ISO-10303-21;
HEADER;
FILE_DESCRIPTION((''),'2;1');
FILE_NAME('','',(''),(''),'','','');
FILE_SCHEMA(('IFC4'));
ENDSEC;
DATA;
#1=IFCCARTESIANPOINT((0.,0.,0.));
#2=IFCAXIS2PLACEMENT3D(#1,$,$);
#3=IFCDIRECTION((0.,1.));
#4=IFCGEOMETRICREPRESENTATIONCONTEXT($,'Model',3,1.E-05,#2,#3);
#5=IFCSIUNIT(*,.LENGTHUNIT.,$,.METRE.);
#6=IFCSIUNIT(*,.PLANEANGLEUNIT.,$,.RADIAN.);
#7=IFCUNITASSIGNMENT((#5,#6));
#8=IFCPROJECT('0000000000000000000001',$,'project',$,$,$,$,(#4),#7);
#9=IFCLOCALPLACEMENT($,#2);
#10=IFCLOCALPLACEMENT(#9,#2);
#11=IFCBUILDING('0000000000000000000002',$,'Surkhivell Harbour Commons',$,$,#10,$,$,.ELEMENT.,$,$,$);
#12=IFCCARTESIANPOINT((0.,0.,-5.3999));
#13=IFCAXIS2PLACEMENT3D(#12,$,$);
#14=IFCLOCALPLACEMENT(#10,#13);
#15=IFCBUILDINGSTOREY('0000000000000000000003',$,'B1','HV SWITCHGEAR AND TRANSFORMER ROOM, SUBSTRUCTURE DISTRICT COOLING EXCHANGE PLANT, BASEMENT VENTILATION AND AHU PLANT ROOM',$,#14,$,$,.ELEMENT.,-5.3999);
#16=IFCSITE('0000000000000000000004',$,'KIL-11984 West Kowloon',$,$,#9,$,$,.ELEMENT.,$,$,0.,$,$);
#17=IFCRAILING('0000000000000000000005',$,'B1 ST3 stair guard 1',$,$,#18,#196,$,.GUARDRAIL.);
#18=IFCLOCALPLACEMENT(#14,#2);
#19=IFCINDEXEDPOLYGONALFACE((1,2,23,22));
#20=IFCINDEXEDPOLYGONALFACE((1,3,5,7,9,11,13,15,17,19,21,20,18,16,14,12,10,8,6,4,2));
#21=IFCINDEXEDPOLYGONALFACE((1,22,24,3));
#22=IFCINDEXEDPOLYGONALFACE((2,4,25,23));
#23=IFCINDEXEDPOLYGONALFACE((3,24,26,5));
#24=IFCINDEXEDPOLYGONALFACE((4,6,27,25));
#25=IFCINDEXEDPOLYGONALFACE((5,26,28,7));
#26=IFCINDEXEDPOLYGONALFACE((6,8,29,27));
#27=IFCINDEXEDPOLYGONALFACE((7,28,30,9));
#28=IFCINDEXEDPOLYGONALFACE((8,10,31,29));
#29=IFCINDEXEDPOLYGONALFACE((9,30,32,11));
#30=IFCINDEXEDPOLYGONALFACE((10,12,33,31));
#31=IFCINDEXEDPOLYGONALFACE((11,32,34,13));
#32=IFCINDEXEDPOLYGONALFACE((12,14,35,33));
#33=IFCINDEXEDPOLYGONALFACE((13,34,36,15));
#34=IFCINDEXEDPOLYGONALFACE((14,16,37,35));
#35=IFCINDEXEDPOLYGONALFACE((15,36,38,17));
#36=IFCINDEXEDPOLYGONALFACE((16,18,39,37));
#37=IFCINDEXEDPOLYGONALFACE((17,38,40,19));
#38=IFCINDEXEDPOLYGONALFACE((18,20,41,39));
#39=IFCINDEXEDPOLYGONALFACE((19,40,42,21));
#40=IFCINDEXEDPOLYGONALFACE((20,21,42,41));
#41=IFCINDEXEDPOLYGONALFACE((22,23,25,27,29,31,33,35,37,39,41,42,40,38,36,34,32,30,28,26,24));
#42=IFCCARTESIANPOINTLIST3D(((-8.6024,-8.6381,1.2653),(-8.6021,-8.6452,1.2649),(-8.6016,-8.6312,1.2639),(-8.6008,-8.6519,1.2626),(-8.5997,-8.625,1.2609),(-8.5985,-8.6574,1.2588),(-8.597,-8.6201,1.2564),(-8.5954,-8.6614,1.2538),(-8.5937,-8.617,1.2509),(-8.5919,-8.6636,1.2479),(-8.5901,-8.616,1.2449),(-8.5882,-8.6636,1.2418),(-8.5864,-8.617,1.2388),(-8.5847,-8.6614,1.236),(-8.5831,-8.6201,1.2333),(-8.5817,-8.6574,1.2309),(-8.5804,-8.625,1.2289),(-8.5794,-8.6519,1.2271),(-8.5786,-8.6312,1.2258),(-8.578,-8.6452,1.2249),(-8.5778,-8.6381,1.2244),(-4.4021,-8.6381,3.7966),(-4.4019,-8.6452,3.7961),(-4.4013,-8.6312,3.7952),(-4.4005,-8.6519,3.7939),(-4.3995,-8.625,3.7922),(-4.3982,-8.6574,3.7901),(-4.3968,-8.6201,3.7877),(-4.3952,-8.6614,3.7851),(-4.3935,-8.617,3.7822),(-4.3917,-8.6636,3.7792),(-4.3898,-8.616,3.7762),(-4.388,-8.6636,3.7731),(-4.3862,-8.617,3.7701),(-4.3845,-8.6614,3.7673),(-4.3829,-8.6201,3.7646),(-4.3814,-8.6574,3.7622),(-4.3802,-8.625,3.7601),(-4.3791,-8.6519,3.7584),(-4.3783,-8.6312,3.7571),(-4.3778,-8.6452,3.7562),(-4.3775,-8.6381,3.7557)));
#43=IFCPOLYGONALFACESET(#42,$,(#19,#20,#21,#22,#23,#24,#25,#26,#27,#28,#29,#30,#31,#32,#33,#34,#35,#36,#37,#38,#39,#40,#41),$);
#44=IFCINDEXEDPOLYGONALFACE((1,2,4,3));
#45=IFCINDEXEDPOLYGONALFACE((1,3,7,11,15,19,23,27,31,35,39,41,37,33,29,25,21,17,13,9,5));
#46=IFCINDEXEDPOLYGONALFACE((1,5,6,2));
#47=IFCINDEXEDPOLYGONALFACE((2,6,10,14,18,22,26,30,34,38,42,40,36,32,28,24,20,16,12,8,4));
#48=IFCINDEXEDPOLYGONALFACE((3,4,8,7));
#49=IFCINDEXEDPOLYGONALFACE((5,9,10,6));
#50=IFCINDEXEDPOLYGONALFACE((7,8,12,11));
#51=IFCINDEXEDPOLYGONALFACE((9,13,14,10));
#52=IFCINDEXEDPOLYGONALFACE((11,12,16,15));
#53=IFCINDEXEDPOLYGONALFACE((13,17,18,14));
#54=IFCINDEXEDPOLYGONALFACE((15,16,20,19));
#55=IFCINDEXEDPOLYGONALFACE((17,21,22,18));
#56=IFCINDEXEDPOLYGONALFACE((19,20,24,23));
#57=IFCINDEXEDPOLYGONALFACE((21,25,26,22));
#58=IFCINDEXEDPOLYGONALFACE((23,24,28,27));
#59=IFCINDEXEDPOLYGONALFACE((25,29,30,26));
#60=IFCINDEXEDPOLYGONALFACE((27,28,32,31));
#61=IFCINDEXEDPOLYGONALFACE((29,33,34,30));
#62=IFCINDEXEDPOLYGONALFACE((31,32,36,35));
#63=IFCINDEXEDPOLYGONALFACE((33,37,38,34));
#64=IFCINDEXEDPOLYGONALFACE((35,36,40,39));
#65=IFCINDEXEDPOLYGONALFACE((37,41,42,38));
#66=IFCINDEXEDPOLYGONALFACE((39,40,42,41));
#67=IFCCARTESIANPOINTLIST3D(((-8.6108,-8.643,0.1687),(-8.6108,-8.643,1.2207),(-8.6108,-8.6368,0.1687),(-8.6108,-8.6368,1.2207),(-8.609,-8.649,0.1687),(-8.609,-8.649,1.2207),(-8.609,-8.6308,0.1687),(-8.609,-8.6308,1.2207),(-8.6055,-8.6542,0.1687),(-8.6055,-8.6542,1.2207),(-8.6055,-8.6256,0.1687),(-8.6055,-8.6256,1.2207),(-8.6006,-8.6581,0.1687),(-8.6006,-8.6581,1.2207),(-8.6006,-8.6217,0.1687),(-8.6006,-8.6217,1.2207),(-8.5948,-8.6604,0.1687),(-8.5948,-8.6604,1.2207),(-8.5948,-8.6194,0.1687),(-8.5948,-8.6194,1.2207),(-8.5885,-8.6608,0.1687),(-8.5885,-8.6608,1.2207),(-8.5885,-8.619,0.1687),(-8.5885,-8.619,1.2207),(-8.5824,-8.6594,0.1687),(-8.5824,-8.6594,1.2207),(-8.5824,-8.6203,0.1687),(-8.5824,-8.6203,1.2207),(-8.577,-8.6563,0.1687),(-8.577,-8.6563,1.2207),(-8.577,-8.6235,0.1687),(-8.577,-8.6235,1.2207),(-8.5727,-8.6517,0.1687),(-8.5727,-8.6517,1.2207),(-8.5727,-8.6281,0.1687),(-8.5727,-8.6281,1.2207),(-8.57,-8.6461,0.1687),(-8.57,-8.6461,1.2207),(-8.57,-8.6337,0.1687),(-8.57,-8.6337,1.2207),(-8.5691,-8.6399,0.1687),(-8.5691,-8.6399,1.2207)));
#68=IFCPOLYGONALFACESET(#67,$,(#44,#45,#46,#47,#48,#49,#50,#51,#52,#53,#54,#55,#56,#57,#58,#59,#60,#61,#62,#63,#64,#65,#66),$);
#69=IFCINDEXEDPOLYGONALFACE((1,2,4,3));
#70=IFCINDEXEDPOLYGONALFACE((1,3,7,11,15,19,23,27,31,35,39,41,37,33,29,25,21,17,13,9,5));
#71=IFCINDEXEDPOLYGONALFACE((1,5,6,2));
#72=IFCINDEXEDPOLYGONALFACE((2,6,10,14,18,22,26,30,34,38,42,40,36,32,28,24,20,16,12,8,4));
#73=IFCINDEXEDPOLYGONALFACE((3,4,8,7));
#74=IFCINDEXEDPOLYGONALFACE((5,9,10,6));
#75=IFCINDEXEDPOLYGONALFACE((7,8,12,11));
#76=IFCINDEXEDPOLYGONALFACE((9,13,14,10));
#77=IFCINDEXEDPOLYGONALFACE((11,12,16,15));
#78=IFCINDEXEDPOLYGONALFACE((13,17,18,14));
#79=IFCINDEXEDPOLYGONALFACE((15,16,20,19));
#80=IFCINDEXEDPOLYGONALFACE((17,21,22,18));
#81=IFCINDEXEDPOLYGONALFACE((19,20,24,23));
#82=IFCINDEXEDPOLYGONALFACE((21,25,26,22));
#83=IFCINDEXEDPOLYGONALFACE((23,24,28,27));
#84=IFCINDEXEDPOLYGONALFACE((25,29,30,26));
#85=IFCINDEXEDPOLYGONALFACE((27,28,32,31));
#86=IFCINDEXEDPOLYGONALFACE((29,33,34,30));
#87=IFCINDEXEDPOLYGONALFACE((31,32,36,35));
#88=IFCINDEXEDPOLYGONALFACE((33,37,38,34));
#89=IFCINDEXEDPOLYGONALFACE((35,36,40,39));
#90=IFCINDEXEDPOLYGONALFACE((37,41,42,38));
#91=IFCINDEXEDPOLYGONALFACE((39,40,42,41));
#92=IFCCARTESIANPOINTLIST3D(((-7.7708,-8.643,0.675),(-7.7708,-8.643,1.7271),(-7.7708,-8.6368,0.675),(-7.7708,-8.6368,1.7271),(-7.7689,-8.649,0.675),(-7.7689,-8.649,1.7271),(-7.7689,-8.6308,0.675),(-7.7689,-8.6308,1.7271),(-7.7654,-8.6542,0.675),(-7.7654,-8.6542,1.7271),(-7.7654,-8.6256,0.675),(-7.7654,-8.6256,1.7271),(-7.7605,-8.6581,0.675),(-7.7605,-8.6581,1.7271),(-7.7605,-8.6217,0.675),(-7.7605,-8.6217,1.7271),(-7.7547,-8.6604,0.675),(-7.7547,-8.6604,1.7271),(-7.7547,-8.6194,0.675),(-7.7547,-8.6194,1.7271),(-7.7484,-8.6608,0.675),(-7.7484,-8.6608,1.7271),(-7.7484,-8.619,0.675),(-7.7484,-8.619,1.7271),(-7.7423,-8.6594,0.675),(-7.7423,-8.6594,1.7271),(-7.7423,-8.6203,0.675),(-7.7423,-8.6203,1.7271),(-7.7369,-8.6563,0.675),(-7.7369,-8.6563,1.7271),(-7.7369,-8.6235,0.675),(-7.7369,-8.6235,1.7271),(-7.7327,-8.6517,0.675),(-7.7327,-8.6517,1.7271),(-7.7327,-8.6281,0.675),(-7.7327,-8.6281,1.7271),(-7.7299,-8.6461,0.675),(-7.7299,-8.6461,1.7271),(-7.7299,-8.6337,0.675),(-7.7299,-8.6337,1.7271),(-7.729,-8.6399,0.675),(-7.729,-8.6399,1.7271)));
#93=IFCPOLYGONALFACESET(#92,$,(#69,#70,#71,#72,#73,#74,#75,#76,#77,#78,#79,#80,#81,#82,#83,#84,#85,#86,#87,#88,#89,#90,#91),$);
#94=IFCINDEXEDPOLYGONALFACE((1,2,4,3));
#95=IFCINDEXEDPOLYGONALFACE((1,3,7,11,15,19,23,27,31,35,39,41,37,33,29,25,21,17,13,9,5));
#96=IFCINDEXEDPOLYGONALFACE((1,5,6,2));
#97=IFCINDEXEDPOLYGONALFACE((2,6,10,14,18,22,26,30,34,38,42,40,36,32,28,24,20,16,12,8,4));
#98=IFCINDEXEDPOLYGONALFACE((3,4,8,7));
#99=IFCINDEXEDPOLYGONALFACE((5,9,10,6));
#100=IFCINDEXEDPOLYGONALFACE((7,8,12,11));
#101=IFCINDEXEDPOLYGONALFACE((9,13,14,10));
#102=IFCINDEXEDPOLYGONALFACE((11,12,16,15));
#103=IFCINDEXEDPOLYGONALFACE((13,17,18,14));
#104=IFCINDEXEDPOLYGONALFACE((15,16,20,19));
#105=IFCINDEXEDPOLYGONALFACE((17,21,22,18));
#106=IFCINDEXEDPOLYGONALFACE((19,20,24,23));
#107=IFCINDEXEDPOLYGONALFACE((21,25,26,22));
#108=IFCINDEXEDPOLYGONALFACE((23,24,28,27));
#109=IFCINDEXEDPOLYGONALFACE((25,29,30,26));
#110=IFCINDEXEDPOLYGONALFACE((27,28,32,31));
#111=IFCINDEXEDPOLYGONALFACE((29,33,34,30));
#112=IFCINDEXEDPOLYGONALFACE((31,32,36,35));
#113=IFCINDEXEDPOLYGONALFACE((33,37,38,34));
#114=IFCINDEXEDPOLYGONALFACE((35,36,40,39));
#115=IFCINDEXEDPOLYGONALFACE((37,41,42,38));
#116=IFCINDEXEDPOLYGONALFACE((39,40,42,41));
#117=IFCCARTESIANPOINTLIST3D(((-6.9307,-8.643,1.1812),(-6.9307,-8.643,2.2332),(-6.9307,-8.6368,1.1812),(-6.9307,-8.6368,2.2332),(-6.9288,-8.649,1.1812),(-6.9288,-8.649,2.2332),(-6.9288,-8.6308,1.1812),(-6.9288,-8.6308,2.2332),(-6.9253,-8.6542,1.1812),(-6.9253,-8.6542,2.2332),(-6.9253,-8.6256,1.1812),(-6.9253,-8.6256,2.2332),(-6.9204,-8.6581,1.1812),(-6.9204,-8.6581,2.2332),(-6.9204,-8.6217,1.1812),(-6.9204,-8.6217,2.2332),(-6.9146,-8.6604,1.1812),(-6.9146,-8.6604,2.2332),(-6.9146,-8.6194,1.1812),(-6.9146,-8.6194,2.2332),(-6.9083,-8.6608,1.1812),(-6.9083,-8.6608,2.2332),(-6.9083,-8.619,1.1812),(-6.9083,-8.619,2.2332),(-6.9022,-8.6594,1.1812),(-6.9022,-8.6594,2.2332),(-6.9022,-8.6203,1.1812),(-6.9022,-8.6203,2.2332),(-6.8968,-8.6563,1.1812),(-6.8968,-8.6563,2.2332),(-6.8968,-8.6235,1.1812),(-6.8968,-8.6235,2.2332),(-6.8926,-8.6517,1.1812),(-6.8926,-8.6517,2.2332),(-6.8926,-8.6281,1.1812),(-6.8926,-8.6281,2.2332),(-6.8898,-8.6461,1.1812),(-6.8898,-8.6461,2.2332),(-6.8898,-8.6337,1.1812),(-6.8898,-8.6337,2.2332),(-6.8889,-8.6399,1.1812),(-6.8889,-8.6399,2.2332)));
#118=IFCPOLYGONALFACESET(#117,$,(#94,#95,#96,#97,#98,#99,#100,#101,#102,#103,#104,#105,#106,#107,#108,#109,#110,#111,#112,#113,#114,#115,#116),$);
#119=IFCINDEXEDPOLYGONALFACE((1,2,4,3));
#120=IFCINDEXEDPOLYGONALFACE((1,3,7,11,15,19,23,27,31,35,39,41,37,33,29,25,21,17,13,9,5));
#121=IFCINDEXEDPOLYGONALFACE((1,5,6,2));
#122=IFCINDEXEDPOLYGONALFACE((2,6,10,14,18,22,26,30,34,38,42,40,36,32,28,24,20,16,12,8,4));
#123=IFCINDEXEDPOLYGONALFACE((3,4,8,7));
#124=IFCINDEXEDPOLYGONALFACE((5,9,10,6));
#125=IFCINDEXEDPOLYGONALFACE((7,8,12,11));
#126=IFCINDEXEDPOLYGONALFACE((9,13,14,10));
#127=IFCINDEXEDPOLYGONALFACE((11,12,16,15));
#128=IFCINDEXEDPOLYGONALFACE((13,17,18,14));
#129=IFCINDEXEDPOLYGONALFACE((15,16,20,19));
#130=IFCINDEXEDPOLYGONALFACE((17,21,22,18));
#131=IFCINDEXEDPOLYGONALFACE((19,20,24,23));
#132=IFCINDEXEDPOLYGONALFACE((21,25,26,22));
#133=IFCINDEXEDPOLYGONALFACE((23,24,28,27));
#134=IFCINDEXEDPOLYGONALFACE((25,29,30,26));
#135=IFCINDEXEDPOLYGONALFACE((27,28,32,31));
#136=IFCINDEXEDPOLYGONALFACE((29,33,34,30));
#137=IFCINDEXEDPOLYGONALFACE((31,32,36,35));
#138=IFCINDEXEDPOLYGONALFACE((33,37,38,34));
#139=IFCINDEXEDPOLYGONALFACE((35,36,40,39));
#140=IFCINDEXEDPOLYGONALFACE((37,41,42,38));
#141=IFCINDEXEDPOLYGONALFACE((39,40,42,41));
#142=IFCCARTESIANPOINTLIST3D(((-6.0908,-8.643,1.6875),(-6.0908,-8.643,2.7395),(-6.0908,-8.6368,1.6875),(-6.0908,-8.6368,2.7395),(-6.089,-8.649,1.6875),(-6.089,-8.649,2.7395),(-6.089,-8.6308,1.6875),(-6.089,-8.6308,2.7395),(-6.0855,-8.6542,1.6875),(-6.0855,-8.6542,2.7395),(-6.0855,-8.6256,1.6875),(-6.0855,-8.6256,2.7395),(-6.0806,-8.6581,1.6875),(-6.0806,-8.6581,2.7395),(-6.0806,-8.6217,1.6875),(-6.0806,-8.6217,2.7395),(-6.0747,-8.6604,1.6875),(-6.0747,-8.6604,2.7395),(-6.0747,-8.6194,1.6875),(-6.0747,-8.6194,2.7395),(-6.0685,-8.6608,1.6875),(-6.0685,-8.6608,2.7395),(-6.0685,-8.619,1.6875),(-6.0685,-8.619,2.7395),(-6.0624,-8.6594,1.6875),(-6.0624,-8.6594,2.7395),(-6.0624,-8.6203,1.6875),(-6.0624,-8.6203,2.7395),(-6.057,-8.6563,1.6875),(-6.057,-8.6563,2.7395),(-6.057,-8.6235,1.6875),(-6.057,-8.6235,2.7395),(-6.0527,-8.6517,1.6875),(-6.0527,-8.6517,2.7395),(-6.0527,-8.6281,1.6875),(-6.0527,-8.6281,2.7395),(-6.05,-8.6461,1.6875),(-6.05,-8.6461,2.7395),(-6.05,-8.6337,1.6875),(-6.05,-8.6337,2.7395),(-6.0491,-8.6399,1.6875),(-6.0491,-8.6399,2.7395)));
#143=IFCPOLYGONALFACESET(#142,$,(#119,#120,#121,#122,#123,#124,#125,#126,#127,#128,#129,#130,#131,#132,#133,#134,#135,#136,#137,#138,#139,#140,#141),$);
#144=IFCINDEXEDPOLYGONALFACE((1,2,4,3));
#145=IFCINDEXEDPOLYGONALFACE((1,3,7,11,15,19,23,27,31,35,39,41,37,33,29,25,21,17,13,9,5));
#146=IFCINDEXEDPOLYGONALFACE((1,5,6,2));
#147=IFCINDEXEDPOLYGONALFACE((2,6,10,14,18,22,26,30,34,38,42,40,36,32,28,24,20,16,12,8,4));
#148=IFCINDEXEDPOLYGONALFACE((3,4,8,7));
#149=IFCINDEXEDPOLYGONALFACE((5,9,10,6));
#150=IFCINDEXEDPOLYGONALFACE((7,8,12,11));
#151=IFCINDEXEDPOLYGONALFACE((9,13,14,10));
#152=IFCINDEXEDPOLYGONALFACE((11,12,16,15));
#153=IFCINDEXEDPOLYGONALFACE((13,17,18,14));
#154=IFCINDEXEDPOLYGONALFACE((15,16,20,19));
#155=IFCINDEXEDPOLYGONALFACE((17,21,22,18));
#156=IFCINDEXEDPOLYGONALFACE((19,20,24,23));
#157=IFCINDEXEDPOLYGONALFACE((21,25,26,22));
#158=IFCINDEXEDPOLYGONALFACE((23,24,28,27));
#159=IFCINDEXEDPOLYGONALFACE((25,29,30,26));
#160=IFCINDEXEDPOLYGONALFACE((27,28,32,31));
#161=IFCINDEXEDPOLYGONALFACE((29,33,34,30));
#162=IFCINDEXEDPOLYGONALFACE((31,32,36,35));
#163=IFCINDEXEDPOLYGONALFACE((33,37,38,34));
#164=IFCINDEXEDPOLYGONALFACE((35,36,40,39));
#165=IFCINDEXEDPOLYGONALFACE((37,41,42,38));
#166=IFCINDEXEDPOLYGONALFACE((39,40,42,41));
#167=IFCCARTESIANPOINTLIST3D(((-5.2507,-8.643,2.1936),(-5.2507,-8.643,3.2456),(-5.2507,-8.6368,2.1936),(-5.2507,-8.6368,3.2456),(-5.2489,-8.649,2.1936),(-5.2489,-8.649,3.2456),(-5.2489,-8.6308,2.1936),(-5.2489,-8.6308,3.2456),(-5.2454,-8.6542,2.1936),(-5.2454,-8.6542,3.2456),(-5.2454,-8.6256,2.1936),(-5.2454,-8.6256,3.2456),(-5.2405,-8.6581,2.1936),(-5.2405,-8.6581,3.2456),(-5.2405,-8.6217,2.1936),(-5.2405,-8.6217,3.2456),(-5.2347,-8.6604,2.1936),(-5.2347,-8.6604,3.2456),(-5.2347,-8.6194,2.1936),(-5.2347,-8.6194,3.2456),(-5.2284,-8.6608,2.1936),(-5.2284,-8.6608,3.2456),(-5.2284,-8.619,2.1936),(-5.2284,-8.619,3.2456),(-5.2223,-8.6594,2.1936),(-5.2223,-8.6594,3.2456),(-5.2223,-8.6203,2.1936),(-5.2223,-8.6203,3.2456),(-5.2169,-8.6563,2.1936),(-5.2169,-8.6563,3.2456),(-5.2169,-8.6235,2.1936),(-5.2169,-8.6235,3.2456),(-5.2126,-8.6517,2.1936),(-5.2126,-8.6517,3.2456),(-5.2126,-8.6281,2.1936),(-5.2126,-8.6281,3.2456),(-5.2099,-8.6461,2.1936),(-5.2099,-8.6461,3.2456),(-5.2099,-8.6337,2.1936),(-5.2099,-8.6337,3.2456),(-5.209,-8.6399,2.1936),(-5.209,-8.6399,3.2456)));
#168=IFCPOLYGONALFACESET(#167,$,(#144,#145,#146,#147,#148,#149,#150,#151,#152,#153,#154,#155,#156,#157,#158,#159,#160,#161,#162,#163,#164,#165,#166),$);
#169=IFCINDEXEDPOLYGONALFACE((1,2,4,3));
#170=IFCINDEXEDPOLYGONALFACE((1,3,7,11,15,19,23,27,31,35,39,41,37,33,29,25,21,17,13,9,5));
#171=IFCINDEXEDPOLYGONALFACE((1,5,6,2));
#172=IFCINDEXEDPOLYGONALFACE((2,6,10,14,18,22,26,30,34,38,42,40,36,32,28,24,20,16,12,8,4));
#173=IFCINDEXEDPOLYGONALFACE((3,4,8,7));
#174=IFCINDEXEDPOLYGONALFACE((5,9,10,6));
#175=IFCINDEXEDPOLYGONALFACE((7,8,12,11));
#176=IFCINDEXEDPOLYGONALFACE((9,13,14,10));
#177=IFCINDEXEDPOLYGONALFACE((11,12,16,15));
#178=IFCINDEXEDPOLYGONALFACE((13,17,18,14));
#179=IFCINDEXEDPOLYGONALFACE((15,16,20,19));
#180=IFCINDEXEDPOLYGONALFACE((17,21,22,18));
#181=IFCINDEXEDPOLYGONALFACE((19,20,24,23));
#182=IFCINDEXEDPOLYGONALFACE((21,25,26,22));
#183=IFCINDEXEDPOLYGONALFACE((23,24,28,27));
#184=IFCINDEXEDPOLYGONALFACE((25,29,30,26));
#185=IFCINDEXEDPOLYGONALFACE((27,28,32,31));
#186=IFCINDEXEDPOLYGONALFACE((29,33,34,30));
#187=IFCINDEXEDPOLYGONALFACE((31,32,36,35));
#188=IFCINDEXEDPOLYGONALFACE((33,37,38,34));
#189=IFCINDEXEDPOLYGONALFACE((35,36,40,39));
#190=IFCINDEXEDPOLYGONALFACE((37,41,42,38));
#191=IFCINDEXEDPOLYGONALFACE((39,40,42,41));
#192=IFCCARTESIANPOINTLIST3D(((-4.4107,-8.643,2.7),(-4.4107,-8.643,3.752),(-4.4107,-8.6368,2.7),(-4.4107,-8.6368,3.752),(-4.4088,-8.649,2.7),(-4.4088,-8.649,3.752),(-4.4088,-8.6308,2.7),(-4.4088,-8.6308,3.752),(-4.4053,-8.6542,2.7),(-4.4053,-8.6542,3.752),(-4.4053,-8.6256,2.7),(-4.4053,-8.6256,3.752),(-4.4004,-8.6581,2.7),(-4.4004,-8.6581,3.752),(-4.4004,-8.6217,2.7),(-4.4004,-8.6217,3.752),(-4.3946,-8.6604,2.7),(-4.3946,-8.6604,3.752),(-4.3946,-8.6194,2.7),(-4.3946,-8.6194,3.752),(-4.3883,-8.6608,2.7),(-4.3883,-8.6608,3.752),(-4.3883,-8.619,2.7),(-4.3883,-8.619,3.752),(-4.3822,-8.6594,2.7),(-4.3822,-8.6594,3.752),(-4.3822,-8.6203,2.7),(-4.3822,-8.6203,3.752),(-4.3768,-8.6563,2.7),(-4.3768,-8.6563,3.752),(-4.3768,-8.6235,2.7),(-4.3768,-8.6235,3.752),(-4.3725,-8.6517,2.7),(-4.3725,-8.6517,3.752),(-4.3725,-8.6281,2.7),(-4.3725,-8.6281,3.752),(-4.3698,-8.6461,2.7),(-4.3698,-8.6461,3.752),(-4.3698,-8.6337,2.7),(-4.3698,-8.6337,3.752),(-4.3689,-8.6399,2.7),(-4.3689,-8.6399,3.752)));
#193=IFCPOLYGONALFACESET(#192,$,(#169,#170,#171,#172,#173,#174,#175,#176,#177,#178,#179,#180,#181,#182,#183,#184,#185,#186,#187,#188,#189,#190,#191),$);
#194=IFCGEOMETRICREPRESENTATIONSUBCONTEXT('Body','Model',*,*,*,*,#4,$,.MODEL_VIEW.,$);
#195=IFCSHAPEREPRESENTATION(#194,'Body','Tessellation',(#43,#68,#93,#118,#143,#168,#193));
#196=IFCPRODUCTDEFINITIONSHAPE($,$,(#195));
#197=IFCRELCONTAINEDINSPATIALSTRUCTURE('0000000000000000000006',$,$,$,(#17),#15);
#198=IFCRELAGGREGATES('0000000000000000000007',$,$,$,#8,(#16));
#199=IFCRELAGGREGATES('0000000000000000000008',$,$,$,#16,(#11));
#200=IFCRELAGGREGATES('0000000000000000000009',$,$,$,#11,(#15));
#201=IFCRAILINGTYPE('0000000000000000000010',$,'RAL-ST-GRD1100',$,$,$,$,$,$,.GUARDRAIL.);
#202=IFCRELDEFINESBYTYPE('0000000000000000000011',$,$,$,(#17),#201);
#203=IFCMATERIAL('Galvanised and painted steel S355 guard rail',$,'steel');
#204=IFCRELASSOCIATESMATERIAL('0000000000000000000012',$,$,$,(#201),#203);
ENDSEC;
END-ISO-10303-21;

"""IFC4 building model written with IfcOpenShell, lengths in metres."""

from ifc_helpers import new_model, si_unit, direction, frame, origin, origin_2d, place, context, subcontext, project, spatial, circle, extrude, material, type_object, element, save


model = new_model("IFC4")

# Units and contexts
model_context = context("Model", 3, precision=1e-05, world=origin(), true_north=direction((0.0, 1.0)))
body_context = subcontext(model_context, "Body", "Model", "MODEL_VIEW")
ifc_project = project(units=[si_unit("LENGTHUNIT", "METRE"), si_unit("PLANEANGLEUNIT", "RADIAN")], contexts=[model_context])

# Site, building, storey
site_placement = place(None, origin())
site = spatial("IfcSite", under=ifc_project, at=site_placement, Name="KIL-11984 West Kowloon", CompositionType="ELEMENT", RefElevation=0.0)
building_placement = place(site_placement, origin())
building = spatial("IfcBuilding", under=site, at=building_placement, Name="Surkhivell Harbour Commons", CompositionType="ELEMENT")
storey_placement = place(building_placement, frame((0.0, 0.0, -5.3999)))
storey = spatial("IfcBuildingStorey", under=building, at=storey_placement, Name="B1", Description="HV SWITCHGEAR AND TRANSFORMER ROOM, SUBSTRUCTURE DISTRICT COOLING EXCHANGE PLANT, BASEMENT VENTILATION AND AHU PLANT ROOM", CompositionType="ELEMENT", Elevation=-5.3999)

# Railing
ifc_material_1 = material(Name="Galvanised and painted steel S355 guard rail", Category="steel")
railing_type_1 = type_object("IfcRailingType", Name="RAL-ST-GRD1100", PredefinedType="GUARDRAIL", material=ifc_material_1)
railing_1_placement = place(storey_placement, frame((-8.5901, -8.6399, 0.1687)))
element("IfcRailing", 1, at=railing_1_placement, inside=storey, type_object=railing_type_1, Name="B1 ST3 stair guard 1", PredefinedType="GUARDRAIL", context=body_context, shape_type="SweptSolid", body=[
    extrude(circle(Radius=0.0239, at=origin_2d()), frame((0.0, 0.0, 1.0762), z_axis=(0.85649, 0.0, 0.516164), x_axis=(0.0, 1.0, 0.0)), (0.0, 0.0, 1.0), 4.9041),
    extrude(circle(Radius=0.021, at=origin_2d()), origin(), (0.0, 0.0, 1.0), 1.052),
    extrude(circle(Radius=0.021, at=origin_2d()), frame((0.8401, 0.0, 0.5063)), (0.0, 0.0, 1.0), 1.052),
    extrude(circle(Radius=0.021, at=origin_2d()), frame((1.6802, 0.0, 1.0125)), (0.0, 0.0, 1.0), 1.052),
    extrude(circle(Radius=0.021, at=origin_2d()), frame((2.52, 0.0, 1.5188)), (0.0, 0.0, 1.0), 1.052),
    extrude(circle(Radius=0.021, at=origin_2d()), frame((3.3601, 0.0, 2.0249)), (0.0, 0.0, 1.0), 1.052),
    extrude(circle(Radius=0.021, at=origin_2d()), frame((4.2002, 0.0, 2.5312)), (0.0, 0.0, 1.0), 1.052),
])

save(model, "model.ifc")
